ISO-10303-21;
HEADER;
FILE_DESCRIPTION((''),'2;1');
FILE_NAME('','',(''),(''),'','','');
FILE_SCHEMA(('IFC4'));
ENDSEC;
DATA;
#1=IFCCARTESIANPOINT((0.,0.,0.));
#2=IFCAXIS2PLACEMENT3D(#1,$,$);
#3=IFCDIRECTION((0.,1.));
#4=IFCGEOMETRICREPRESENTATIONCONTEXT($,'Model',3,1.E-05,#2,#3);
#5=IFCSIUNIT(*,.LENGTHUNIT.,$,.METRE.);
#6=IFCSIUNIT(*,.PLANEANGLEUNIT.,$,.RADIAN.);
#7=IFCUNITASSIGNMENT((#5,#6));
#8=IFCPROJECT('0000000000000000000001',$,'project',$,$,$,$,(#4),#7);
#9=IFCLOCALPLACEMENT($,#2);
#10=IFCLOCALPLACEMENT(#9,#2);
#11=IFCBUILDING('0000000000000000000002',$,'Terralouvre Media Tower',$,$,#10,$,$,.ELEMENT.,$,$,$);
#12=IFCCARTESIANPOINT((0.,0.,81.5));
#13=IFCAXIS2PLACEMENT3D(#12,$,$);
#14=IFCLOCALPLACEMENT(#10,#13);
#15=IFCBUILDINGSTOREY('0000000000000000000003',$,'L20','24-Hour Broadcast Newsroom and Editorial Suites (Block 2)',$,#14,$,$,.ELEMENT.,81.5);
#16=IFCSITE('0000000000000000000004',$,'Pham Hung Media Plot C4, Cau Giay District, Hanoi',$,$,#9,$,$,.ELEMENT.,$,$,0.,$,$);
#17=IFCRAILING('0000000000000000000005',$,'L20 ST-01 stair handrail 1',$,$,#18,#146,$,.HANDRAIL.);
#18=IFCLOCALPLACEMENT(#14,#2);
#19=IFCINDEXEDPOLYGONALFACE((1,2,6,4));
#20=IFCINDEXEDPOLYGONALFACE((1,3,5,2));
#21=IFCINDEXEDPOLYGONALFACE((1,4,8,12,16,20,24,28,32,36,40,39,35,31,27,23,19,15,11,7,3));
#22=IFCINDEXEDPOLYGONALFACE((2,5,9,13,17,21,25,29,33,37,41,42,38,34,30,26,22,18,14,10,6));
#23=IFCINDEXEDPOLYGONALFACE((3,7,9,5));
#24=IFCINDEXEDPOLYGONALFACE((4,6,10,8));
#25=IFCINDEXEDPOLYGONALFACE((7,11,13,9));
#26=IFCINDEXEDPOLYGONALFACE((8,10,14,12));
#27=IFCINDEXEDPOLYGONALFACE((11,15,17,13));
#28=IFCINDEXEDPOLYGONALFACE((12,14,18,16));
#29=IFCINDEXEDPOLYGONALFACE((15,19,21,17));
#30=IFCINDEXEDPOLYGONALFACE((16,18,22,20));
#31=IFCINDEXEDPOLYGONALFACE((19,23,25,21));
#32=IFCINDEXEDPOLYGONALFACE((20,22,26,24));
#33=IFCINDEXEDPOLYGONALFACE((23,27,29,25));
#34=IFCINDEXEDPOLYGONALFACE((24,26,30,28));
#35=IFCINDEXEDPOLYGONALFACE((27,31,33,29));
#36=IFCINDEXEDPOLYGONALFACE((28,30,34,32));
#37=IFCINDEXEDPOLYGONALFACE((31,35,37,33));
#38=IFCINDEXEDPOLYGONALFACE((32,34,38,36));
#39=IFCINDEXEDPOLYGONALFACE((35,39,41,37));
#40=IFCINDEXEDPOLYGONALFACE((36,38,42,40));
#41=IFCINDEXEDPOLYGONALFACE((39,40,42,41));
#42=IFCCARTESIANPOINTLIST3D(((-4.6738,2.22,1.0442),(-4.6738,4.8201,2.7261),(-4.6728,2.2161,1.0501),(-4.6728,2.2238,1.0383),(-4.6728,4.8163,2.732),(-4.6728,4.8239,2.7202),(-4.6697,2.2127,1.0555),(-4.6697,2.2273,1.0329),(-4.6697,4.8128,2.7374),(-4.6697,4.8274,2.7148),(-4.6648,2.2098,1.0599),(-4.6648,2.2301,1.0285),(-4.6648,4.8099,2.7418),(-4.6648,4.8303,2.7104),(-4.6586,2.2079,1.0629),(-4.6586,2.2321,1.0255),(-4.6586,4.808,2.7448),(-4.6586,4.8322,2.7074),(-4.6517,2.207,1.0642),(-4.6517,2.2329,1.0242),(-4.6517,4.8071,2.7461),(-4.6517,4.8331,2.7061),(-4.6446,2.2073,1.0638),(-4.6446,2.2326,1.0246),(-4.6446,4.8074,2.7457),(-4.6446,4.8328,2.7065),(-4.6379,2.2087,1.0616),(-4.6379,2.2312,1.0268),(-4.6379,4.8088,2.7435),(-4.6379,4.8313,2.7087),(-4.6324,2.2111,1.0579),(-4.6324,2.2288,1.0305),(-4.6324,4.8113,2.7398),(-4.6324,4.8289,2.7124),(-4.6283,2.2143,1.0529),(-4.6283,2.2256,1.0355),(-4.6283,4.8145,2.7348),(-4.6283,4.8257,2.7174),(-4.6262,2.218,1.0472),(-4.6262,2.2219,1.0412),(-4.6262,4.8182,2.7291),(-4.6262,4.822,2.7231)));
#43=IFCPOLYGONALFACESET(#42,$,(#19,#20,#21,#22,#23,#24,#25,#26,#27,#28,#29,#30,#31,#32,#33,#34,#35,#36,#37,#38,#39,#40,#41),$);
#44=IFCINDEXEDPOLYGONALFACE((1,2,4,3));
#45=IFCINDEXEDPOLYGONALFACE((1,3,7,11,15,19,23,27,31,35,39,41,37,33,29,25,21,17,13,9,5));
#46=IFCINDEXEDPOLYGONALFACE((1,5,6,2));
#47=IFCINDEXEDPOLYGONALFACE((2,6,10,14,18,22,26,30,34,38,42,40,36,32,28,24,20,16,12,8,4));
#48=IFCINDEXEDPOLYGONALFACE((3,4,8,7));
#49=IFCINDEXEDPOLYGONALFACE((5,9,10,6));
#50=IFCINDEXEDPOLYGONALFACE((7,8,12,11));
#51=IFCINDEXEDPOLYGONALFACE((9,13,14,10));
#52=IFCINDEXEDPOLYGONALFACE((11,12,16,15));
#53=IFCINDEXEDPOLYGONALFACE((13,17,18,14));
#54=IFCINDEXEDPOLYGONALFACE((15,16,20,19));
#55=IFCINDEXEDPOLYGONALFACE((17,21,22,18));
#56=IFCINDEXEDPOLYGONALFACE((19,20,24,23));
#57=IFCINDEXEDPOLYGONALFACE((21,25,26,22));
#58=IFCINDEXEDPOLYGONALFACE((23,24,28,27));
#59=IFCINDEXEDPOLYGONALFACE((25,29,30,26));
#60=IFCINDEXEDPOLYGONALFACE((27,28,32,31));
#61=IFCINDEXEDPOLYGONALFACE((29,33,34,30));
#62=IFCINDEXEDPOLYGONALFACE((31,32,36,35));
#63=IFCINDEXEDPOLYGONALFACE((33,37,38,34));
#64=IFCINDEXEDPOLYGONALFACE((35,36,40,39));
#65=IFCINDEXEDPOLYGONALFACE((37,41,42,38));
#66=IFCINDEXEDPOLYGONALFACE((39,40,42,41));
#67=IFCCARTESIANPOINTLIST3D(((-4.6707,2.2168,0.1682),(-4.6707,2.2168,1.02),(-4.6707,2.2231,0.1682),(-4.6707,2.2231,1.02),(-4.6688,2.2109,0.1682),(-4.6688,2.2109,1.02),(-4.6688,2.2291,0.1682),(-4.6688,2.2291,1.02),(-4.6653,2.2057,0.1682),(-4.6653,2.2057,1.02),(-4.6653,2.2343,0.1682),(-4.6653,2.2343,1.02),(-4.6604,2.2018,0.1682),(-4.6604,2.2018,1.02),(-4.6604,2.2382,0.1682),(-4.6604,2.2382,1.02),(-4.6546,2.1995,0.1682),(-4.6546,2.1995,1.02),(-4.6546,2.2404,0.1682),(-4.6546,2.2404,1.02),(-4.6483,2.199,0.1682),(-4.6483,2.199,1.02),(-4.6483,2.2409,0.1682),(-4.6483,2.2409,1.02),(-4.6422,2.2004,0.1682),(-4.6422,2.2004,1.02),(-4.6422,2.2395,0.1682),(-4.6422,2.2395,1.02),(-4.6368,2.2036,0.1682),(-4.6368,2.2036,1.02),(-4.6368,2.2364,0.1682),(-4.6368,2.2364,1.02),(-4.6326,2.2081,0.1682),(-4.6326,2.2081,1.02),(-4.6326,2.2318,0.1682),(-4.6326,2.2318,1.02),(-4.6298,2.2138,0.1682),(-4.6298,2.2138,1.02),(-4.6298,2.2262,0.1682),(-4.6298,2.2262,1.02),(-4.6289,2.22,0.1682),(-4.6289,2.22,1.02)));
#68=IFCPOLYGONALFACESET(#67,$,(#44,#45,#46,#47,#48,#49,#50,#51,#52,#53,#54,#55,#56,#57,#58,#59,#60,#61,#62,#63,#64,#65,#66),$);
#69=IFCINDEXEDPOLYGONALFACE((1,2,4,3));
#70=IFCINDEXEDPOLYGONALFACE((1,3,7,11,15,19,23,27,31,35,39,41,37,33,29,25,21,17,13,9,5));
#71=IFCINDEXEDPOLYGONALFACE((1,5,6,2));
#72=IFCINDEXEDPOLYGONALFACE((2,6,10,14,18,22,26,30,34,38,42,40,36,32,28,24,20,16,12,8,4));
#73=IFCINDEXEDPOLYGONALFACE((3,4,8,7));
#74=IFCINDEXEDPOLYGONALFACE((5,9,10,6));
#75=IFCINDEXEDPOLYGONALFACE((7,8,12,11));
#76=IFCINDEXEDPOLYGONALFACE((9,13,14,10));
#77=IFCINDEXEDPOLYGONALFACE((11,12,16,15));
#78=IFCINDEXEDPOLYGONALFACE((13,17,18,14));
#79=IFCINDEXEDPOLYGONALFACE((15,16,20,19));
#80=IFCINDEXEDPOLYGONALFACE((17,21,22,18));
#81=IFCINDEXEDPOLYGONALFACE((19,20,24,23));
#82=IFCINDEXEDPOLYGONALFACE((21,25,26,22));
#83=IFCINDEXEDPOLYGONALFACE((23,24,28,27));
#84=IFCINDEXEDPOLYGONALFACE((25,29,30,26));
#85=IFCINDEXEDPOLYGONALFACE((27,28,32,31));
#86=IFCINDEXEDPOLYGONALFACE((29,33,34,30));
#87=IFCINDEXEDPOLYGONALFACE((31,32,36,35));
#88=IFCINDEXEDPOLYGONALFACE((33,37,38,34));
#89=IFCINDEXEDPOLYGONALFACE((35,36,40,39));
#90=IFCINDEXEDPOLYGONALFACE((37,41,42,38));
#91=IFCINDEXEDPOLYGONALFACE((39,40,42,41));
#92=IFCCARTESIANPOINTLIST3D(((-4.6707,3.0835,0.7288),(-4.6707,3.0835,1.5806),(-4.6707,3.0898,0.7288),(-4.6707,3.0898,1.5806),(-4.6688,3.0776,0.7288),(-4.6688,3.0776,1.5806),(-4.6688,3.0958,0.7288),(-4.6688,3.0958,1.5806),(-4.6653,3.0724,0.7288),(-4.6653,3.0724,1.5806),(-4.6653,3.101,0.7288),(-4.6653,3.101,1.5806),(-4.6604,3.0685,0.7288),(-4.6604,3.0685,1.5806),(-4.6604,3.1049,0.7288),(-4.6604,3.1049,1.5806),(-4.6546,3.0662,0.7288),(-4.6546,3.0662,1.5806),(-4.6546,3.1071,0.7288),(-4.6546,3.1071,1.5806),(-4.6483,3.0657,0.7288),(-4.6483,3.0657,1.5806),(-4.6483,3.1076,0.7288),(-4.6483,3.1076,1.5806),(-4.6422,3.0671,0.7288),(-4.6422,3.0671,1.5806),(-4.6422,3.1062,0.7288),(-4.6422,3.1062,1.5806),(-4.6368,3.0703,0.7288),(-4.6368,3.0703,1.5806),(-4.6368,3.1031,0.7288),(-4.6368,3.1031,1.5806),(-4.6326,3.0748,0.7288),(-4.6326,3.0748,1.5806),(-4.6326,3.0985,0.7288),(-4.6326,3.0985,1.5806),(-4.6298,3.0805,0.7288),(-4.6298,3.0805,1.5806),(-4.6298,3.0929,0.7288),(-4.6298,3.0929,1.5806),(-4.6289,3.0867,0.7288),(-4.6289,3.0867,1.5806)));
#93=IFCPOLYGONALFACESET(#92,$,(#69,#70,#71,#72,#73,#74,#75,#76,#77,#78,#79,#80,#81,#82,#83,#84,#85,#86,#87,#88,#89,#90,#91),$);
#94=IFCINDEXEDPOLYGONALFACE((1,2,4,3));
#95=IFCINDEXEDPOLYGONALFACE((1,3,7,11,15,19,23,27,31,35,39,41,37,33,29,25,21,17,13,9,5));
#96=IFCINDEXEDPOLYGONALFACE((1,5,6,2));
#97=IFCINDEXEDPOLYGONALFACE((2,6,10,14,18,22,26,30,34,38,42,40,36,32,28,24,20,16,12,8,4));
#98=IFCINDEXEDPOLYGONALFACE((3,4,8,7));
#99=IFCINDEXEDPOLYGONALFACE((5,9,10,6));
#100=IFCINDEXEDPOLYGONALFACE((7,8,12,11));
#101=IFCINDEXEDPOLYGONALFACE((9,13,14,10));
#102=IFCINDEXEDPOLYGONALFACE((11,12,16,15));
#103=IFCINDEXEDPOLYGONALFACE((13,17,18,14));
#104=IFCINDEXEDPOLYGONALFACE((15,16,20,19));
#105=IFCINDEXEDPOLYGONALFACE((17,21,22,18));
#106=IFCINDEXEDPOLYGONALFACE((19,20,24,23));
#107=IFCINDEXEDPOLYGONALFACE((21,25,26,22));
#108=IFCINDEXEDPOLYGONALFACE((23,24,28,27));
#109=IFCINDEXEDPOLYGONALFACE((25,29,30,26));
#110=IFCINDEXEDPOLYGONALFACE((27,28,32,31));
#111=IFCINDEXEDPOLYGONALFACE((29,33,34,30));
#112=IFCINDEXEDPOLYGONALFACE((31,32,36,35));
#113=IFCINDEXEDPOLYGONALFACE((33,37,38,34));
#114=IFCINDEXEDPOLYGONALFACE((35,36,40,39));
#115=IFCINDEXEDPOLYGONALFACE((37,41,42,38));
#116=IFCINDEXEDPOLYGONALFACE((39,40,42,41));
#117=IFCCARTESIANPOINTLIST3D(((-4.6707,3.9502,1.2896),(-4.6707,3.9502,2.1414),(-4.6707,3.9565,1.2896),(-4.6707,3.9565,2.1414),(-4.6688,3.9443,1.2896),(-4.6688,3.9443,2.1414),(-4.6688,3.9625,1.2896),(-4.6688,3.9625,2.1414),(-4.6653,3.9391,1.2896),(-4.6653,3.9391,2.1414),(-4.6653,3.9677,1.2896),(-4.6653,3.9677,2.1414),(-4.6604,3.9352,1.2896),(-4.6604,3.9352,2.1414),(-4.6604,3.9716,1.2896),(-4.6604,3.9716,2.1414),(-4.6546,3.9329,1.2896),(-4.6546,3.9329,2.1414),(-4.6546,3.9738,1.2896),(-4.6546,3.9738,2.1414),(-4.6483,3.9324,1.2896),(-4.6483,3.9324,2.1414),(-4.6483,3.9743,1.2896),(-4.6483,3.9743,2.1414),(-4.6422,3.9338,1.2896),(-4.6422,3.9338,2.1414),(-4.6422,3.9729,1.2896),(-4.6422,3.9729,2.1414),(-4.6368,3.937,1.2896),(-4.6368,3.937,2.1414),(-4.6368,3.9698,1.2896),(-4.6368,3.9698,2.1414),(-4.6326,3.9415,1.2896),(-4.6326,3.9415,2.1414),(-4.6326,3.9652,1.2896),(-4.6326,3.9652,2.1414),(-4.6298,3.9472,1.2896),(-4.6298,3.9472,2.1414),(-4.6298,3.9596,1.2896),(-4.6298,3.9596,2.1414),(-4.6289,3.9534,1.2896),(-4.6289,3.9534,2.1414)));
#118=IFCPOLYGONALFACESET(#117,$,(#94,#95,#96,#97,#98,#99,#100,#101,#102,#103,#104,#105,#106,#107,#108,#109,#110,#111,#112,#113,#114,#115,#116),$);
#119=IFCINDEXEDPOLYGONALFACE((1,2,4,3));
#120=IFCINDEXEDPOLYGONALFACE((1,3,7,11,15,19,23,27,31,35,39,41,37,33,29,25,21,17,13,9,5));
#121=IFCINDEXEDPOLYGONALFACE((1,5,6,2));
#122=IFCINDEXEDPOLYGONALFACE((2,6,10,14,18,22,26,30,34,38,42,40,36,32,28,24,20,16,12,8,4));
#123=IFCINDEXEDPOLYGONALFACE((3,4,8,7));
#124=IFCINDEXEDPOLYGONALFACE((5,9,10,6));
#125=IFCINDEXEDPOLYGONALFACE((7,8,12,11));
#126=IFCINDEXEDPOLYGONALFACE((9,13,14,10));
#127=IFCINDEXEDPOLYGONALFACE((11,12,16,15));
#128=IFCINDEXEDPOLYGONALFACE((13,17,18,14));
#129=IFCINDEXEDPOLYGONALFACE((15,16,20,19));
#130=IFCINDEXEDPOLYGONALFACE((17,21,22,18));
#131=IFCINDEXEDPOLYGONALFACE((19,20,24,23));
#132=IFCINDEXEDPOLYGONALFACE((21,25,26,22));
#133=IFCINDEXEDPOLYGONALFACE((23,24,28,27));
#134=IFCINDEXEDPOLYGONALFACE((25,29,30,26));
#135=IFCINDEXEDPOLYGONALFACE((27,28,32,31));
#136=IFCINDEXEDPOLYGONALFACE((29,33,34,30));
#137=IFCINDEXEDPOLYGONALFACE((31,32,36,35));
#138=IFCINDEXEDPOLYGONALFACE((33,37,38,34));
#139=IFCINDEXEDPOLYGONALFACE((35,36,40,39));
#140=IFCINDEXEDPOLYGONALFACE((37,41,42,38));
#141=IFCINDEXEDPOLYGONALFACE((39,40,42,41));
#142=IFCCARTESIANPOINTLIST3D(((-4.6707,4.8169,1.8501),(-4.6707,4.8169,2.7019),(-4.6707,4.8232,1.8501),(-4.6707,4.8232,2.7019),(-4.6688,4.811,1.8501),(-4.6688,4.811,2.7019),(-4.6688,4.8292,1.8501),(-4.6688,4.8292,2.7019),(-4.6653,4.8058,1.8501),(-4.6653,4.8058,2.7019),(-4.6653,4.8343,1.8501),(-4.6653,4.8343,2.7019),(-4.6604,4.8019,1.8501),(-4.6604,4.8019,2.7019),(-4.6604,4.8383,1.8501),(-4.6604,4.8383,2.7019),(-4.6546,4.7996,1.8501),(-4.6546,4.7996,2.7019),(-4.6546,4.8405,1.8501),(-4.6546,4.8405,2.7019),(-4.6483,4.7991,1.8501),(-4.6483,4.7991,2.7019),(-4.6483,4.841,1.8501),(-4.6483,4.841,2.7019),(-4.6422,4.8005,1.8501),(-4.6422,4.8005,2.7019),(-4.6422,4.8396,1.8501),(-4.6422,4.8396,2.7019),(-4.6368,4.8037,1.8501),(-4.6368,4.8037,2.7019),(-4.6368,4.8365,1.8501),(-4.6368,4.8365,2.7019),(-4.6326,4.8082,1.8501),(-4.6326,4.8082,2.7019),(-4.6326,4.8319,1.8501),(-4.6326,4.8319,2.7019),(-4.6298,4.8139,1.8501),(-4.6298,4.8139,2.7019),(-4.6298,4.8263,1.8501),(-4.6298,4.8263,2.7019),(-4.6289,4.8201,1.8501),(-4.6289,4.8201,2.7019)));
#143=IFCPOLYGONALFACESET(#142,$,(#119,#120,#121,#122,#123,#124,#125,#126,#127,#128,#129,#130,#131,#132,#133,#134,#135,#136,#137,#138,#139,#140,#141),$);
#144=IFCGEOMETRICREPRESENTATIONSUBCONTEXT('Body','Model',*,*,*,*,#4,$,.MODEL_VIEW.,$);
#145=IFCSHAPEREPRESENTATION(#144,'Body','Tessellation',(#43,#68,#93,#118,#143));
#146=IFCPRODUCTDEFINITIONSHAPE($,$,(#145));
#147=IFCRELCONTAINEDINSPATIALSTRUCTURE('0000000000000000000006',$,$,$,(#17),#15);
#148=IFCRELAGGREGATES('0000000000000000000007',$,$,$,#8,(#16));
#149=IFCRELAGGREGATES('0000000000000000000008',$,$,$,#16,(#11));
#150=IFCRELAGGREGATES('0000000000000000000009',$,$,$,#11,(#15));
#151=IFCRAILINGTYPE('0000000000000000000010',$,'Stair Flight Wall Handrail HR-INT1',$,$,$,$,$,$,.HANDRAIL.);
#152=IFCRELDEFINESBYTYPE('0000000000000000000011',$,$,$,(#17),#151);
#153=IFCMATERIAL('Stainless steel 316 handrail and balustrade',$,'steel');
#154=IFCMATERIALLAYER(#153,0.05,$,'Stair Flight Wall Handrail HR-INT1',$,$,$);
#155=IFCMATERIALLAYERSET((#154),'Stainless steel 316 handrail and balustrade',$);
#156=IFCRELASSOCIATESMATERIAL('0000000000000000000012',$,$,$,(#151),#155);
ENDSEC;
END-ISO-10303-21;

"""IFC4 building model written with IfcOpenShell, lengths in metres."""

from ifc_helpers import new_model, si_unit, direction, frame, origin, origin_2d, place, context, subcontext, project, spatial, circle, extrude, material, layer, layer_set, type_object, element, save


model = new_model("IFC4")

# Units and contexts
model_context = context("Model", 3, precision=1e-05, world=origin(), true_north=direction((0.0, 1.0)))
body_context = subcontext(model_context, "Body", "Model", "MODEL_VIEW")
ifc_project = project(units=[si_unit("LENGTHUNIT", "METRE"), si_unit("PLANEANGLEUNIT", "RADIAN")], contexts=[model_context])

# Site, building, storey
site_placement = place(None, origin())
site = spatial("IfcSite", under=ifc_project, at=site_placement, Name="Pham Hung Media Plot C4, Cau Giay District, Hanoi", CompositionType="ELEMENT", RefElevation=0.0)
building_placement = place(site_placement, origin())
building = spatial("IfcBuilding", under=site, at=building_placement, Name="Terralouvre Media Tower", CompositionType="ELEMENT")
storey_placement = place(building_placement, frame((0.0, 0.0, 81.5)))
storey = spatial("IfcBuildingStorey", under=building, at=storey_placement, Name="L20", Description="24-Hour Broadcast Newsroom and Editorial Suites (Block 2)", CompositionType="ELEMENT", Elevation=81.5)

# Railing
ifc_material_1 = material(Name="Stainless steel 316 handrail and balustrade", Category="steel")
ifc_layer_1 = layer(ifc_material_1, 0.05, Name="Stair Flight Wall Handrail HR-INT1")
ifc_layer_set_1 = layer_set([ifc_layer_1], Name="Stainless steel 316 handrail and balustrade")
railing_type_1 = type_object("IfcRailingType", Name="Stair Flight Wall Handrail HR-INT1", PredefinedType="HANDRAIL", material=ifc_layer_set_1)
railing_1_placement = place(storey_placement, frame((-4.6499, 2.22, 0.1682)))
element("IfcRailing", 1, at=railing_1_placement, inside=storey, type_object=railing_type_1, Name="L20 ST-01 stair handrail 1", PredefinedType="HANDRAIL", context=body_context, shape_type="SweptSolid", body=[
    extrude(circle(Radius=0.0239, at=origin_2d()), frame((0.0, 0.0, 0.876), z_axis=(0.0, 0.839648, 0.54313), x_axis=(-1.0, 0.0, 0.0)), (0.0, 0.0, 1.0), 3.0967),
    extrude(circle(Radius=0.021, at=origin_2d()), origin(), (0.0, 0.0, 1.0), 0.8518),
    extrude(circle(Radius=0.021, at=origin_2d()), frame((0.0, 0.8667, 0.5605)), (0.0, 0.0, 1.0), 0.8518),
    extrude(circle(Radius=0.021, at=origin_2d()), frame((0.0, 1.7334, 1.1213)), (0.0, 0.0, 1.0), 0.8518),
    extrude(circle(Radius=0.021, at=origin_2d()), frame((0.0, 2.6001, 1.6819)), (0.0, 0.0, 1.0), 0.8518),
])

save(model, "model.ifc")
